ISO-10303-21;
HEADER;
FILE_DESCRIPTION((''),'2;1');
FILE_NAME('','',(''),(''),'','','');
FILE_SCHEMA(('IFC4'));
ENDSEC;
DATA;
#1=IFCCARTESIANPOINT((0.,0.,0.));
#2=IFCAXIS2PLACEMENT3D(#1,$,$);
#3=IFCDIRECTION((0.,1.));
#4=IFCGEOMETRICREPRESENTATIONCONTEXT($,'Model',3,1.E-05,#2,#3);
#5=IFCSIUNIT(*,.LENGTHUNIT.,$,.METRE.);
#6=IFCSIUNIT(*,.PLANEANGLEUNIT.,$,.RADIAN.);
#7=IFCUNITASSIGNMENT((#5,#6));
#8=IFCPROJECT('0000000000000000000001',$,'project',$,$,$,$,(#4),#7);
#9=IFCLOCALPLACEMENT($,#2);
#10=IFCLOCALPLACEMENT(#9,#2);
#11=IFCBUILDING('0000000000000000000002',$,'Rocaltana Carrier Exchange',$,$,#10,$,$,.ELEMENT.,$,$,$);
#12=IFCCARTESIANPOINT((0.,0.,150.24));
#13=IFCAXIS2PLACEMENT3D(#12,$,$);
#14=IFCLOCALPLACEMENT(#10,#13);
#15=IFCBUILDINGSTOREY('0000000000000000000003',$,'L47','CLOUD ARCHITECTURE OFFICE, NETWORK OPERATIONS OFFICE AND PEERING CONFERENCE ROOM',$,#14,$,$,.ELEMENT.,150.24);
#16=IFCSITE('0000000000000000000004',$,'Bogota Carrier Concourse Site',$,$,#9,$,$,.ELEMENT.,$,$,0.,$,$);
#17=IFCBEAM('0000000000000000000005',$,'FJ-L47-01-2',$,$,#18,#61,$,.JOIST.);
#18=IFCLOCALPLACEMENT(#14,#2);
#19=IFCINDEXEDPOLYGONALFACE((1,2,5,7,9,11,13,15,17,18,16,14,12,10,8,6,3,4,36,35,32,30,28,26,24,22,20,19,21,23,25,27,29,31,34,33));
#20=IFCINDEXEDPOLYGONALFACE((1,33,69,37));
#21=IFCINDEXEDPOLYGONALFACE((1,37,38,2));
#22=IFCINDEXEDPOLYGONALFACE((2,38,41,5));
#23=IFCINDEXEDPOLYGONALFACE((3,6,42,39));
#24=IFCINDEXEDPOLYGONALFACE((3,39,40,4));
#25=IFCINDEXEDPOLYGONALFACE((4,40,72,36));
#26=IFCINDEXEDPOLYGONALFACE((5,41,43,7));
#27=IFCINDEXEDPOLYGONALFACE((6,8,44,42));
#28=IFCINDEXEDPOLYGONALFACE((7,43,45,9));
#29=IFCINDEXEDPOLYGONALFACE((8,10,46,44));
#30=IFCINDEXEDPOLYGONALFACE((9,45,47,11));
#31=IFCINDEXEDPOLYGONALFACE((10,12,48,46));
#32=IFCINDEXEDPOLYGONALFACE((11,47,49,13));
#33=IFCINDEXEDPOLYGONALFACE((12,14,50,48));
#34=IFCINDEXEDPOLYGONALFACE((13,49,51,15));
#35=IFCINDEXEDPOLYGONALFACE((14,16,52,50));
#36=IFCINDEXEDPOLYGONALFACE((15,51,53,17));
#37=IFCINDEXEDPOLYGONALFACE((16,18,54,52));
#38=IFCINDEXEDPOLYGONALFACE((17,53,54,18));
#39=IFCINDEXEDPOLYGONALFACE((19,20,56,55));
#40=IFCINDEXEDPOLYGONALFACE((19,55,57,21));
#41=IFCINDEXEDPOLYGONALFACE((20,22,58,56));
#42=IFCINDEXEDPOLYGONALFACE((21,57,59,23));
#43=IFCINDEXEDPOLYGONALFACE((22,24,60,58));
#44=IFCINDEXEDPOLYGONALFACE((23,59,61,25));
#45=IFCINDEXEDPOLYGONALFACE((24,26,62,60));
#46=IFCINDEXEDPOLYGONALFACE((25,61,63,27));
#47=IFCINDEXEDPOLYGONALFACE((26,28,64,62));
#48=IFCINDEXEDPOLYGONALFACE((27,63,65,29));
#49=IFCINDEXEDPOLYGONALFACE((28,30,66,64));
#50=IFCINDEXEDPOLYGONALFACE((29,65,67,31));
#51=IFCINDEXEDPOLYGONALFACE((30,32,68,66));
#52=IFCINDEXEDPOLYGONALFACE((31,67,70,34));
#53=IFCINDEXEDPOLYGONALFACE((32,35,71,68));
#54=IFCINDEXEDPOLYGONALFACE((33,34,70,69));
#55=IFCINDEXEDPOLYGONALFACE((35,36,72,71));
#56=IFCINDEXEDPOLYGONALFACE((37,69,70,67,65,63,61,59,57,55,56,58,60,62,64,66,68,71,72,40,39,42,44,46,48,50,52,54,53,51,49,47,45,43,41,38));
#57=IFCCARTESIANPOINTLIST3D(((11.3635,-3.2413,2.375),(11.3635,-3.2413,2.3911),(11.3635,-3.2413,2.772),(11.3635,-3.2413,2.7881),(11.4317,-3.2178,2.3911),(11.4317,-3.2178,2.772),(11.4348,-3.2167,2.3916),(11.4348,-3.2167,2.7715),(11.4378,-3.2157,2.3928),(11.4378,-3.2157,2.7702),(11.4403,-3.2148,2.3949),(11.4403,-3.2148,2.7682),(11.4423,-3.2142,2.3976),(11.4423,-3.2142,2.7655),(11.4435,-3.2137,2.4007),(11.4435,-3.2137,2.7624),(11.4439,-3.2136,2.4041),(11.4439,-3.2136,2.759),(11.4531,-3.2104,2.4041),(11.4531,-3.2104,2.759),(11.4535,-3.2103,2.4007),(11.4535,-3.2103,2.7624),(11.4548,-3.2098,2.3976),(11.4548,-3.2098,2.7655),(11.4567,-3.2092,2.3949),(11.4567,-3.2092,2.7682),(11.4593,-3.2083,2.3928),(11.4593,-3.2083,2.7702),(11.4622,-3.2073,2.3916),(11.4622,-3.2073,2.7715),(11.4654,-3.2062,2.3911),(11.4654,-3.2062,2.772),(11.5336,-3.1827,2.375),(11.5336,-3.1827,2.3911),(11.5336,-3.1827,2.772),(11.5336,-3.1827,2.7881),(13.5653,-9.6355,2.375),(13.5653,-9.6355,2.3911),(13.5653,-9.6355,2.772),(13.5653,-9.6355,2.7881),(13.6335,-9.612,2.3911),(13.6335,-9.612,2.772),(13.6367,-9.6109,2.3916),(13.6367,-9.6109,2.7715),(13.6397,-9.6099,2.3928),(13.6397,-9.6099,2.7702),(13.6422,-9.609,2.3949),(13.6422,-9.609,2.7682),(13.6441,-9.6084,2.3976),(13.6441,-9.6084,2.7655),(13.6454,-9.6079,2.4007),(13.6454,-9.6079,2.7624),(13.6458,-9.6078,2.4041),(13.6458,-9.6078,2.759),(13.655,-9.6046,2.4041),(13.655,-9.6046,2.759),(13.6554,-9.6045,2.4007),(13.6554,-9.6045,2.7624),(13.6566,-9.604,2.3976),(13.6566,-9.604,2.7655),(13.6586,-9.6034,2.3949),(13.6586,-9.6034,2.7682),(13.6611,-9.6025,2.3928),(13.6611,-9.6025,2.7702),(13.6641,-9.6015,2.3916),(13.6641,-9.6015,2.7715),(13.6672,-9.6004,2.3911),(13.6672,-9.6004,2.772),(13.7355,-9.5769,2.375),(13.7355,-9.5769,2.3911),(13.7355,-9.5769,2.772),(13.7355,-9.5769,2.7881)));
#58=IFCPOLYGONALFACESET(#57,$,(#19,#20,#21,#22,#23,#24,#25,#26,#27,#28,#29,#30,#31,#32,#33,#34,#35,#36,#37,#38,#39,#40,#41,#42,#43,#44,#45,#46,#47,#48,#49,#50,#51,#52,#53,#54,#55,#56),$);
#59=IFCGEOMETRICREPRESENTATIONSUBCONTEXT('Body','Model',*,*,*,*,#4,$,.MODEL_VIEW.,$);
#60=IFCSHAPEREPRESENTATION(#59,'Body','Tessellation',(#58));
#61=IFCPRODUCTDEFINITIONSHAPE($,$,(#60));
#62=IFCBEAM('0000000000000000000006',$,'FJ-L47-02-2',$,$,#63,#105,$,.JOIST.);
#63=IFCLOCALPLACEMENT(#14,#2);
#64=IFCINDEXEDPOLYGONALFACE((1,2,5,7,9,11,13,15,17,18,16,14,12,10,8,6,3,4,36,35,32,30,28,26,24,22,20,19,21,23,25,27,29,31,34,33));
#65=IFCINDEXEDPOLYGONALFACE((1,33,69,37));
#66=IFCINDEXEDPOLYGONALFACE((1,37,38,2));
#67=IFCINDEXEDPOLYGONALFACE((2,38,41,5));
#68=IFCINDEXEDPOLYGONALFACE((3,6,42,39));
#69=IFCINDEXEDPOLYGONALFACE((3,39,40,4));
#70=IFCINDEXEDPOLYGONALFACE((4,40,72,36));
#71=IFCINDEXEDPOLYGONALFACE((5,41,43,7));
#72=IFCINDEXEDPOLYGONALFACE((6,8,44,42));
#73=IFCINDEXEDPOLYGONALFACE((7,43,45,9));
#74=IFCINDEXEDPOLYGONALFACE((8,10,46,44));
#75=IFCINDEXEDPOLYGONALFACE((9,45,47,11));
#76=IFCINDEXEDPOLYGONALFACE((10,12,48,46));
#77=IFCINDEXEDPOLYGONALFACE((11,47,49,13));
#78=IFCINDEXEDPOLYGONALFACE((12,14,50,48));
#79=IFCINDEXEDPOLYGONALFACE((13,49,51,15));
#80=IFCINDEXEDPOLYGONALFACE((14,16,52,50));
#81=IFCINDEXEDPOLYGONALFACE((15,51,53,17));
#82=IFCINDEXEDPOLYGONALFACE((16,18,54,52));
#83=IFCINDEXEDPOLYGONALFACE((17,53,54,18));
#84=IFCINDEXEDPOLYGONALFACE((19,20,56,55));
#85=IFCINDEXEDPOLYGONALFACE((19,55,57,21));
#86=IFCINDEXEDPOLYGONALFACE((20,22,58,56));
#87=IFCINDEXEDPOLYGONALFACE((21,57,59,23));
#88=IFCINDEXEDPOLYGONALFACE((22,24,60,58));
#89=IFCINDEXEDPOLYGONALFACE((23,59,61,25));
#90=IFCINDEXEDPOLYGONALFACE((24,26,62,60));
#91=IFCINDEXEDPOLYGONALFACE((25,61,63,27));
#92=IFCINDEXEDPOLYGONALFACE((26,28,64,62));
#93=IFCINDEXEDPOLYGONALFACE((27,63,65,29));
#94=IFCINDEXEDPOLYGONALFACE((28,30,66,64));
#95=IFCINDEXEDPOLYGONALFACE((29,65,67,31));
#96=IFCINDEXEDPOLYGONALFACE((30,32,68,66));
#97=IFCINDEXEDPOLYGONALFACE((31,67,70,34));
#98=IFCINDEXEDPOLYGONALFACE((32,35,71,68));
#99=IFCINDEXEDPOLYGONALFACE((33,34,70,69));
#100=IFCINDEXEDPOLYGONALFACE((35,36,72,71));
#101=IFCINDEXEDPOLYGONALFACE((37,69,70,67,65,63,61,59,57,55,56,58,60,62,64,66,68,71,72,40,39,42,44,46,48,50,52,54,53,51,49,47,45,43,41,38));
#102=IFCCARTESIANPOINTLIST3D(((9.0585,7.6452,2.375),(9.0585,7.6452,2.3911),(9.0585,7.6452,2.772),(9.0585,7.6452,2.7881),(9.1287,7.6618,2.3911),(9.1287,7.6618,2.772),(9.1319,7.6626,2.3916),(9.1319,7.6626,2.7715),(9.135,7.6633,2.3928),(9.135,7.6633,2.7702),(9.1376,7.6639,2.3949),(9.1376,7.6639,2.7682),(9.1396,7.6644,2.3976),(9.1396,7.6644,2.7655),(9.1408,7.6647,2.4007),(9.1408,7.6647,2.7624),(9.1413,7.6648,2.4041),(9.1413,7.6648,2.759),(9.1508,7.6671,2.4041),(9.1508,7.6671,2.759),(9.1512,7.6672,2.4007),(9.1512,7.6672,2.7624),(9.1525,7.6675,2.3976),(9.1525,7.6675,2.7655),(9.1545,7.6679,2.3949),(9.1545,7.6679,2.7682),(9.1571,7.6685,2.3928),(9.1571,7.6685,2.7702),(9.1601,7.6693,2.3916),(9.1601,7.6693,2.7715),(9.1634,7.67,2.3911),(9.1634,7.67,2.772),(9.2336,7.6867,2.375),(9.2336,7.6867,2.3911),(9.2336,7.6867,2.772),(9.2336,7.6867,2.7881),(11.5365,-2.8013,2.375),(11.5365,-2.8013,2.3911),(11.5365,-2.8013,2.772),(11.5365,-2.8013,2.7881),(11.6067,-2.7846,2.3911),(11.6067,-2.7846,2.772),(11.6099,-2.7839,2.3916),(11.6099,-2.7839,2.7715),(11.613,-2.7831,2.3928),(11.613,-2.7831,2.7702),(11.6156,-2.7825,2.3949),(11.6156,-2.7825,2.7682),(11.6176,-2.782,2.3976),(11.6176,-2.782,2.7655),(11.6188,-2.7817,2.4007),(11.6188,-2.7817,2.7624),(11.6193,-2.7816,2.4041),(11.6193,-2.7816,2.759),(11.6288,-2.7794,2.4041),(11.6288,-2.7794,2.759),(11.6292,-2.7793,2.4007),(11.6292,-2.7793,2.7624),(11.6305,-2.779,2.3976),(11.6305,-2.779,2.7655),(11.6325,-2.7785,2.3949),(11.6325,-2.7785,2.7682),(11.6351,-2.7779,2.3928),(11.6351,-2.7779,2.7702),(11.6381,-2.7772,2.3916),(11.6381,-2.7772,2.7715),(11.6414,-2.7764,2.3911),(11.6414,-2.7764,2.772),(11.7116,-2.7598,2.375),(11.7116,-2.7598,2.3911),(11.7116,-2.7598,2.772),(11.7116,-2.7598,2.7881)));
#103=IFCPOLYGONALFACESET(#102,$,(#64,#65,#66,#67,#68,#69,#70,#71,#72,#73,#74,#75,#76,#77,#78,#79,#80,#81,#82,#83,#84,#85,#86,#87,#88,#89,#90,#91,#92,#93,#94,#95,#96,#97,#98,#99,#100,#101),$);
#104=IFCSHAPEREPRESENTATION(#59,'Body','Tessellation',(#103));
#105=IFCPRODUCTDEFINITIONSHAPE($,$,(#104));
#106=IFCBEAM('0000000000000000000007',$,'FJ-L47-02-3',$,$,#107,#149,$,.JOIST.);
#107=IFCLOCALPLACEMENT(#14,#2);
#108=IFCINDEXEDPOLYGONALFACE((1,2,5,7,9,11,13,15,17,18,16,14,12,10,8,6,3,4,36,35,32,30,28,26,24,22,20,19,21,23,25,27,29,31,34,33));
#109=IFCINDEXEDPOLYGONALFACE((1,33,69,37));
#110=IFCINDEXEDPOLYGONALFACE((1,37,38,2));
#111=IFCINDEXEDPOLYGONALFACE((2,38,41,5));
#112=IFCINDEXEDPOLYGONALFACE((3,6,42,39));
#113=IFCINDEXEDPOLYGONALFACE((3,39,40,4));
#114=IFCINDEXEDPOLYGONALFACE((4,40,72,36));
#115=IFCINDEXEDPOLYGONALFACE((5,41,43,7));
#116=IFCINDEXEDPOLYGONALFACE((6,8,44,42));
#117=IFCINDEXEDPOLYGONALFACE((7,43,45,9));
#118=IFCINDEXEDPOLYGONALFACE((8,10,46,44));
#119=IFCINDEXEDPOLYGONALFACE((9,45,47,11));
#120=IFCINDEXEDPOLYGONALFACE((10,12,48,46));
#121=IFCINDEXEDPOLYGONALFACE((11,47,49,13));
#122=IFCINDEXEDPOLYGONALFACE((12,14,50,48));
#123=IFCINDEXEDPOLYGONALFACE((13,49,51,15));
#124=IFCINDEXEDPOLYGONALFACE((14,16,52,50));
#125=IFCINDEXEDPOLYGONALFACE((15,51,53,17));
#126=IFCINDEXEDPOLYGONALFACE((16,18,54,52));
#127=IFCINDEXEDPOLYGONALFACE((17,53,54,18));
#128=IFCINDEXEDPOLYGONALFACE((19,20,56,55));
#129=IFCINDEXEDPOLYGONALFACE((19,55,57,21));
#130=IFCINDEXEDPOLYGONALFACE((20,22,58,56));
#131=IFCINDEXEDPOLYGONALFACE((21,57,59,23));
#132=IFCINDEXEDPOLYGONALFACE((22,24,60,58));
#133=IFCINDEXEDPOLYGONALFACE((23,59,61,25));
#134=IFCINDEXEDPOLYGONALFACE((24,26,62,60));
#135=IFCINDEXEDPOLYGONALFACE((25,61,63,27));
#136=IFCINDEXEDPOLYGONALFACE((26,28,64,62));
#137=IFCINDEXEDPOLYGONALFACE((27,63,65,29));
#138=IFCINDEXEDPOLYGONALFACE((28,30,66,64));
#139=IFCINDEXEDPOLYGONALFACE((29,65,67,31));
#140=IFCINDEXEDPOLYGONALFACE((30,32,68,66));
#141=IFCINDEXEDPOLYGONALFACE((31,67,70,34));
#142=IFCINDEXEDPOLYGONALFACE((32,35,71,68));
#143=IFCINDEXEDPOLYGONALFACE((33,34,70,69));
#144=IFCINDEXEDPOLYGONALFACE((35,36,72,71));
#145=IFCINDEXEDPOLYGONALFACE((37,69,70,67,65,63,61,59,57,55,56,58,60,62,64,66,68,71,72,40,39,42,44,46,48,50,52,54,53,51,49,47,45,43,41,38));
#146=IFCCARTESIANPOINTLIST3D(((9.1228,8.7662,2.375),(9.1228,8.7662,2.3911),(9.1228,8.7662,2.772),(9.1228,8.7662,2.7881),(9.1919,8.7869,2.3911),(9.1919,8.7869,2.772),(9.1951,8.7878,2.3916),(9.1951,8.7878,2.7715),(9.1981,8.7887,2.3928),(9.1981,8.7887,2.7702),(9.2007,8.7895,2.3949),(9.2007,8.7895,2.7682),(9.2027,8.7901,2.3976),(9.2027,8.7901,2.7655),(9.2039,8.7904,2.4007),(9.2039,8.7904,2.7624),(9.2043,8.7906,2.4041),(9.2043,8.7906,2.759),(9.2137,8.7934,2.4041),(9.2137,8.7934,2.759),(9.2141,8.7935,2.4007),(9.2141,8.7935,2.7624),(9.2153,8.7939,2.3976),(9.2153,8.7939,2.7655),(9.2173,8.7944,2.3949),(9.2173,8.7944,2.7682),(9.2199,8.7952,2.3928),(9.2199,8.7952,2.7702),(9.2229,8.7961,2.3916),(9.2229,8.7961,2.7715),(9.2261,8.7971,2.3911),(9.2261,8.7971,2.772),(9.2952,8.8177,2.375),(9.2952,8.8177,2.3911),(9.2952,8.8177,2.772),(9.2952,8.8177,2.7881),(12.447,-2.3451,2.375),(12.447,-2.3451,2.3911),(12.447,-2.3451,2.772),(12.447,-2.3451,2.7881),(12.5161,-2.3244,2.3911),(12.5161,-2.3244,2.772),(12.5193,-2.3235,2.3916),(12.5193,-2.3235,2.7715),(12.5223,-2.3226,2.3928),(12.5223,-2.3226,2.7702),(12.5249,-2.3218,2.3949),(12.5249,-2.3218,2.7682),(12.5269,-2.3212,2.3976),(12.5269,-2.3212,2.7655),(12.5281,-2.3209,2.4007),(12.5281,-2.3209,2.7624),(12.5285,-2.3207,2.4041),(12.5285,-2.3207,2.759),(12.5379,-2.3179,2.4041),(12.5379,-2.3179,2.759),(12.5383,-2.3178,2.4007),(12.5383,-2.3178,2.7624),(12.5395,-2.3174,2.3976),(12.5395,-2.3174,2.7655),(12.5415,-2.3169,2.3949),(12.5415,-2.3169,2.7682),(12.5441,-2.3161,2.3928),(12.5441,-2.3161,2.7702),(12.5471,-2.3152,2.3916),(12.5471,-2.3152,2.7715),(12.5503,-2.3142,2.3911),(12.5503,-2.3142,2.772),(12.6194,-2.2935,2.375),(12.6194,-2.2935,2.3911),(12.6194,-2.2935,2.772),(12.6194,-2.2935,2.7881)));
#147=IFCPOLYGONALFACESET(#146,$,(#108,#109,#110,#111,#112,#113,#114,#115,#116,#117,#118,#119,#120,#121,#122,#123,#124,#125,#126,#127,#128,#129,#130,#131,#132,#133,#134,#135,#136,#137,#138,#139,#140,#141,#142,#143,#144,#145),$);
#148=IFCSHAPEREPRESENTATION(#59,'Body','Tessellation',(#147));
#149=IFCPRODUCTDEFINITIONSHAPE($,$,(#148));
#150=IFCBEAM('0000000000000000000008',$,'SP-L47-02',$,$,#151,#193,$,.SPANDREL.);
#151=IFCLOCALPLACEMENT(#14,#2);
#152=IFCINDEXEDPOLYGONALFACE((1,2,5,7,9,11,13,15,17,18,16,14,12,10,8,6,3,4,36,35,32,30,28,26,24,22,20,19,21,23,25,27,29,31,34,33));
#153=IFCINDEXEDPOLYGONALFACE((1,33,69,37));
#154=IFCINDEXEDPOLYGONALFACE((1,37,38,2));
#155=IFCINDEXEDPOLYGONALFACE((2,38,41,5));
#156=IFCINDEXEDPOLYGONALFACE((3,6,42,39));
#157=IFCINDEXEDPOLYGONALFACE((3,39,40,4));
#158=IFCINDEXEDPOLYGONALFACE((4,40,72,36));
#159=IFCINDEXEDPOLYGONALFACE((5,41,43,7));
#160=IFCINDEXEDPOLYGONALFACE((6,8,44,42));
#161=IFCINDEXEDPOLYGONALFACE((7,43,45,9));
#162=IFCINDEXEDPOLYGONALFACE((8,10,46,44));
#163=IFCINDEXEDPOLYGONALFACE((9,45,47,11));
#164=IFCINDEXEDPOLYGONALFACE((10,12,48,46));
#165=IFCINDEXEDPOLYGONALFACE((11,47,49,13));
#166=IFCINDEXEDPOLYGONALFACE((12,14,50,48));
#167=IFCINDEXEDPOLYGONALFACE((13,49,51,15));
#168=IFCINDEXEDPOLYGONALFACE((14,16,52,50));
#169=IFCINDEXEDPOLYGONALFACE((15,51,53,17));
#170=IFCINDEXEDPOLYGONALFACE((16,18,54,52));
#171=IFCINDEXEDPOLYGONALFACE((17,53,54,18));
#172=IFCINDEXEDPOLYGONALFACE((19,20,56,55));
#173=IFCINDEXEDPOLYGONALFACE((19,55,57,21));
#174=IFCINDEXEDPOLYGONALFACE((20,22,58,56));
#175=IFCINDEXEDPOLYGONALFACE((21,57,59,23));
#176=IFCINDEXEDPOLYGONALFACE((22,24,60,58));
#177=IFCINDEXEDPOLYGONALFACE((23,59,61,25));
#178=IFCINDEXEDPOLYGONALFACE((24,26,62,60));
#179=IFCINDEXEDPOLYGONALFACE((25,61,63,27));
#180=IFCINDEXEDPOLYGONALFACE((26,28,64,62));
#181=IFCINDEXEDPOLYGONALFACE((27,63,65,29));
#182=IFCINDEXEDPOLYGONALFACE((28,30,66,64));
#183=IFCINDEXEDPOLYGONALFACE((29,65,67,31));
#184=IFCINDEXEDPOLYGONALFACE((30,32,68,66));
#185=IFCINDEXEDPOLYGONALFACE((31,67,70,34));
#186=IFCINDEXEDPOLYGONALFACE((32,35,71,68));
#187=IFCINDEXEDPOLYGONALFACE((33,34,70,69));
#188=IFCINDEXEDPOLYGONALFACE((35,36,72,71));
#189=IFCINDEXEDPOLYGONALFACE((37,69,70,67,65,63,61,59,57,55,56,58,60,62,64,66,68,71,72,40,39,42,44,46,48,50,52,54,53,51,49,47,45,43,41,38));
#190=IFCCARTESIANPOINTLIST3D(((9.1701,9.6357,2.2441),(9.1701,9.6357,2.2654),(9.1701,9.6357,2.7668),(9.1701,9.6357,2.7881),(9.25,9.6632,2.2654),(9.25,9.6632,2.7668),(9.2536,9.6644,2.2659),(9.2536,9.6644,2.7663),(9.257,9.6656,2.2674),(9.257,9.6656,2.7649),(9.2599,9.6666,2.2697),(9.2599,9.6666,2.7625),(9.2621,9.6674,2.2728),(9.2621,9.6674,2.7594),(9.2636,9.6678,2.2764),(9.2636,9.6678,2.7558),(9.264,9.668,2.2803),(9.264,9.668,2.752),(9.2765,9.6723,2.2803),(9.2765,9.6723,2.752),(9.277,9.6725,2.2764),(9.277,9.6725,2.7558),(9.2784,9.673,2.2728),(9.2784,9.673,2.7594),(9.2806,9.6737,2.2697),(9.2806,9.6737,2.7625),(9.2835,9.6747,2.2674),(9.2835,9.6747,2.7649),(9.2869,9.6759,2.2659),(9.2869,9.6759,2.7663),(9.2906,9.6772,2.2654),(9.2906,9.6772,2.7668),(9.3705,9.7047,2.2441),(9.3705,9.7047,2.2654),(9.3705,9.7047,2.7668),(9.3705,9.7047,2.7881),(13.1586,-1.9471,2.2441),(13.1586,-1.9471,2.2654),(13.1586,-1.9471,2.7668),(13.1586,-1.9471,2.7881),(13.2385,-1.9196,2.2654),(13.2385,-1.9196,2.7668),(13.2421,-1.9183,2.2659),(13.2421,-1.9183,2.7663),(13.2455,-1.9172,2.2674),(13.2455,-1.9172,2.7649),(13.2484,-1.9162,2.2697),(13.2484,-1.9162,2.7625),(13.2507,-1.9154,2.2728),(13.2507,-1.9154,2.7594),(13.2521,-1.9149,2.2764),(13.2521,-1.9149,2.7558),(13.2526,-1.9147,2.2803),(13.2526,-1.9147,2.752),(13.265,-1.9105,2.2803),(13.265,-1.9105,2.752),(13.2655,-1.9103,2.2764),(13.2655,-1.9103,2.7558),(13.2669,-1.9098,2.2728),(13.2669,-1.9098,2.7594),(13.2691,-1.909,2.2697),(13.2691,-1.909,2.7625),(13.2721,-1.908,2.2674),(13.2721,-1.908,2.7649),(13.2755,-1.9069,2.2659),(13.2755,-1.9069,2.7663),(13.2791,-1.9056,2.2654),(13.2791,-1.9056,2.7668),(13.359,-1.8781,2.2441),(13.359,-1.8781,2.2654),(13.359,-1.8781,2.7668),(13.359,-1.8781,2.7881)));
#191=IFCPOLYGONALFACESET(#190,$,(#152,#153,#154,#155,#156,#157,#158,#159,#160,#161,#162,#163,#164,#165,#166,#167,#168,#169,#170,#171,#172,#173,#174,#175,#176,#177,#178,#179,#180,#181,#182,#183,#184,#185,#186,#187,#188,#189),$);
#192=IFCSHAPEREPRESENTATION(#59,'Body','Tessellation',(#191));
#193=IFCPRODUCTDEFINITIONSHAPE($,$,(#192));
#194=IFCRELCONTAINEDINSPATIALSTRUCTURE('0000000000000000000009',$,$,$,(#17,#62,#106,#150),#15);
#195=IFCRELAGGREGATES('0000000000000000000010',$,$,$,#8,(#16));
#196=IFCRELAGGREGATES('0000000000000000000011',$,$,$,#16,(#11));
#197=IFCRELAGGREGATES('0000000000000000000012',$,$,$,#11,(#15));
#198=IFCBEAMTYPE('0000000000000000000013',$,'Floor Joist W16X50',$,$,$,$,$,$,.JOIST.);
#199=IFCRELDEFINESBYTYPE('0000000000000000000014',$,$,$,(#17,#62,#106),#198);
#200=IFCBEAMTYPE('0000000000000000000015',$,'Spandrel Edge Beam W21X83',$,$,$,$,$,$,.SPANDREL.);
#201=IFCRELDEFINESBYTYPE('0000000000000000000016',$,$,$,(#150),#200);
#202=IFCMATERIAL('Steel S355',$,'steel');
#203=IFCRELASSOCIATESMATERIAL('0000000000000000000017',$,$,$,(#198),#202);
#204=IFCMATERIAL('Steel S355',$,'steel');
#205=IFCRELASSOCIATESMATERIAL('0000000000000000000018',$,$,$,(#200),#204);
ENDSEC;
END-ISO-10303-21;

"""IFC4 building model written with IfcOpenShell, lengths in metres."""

from ifc_helpers import new_model, si_unit, direction, frame, origin, origin_2d, place, context, subcontext, project, spatial, i_section, extrude, material, material_profile, profile_set, type_object, element, save


model = new_model("IFC4")

# Units and contexts
model_context = context("Model", 3, precision=1e-05, world=origin(), true_north=direction((0.0, 1.0)))
body_context = subcontext(model_context, "Body", "Model", "MODEL_VIEW")
ifc_project = project(units=[si_unit("LENGTHUNIT", "METRE"), si_unit("PLANEANGLEUNIT", "RADIAN")], contexts=[model_context])

# Site, building, storey
site_placement = place(None, origin())
site = spatial("IfcSite", under=ifc_project, at=site_placement, Name="Bogota Carrier Concourse Site", CompositionType="ELEMENT", RefElevation=0.0)
building_placement = place(site_placement, origin())
building = spatial("IfcBuilding", under=site, at=building_placement, Name="Rocaltana Carrier Exchange", CompositionType="ELEMENT")
storey_placement = place(building_placement, frame((0.0, 0.0, 150.24)))
storey = spatial("IfcBuildingStorey", under=building, at=storey_placement, Name="L47", Description="CLOUD ARCHITECTURE OFFICE, NETWORK OPERATIONS OFFICE AND PEERING CONFERENCE ROOM", CompositionType="ELEMENT", Elevation=150.24)

# Beams
ifc_material_1 = material(Name="Steel S355", Category="steel")
ifc_material_profile_1 = material_profile(ifc_material_1, i_section(OverallWidth=0.1799, OverallDepth=0.4131, WebThickness=0.0098, FlangeThickness=0.0161, FilletRadius=0.0129, at=origin_2d()), Name="W16X50")
ifc_profile_set_1 = profile_set([ifc_material_profile_1], Name="Steel S355")
beam_type_1 = type_object("IfcBeamType", Name="Floor Joist W16X50", PredefinedType="JOIST", material=ifc_profile_set_1)
beam_1_placement = place(storey_placement, frame((13.6504, -9.6062, 2.5815), z_axis=(-0.325591, 0.945511, 0.0), x_axis=(-0.945511, -0.325591, 0.0)))
element("IfcBeam", 1, at=beam_1_placement, inside=storey, type_object=beam_type_1, Name="FJ-L47-01-2", PredefinedType="JOIST", context=body_context, shape_type="SweptSolid", body=[
    extrude(i_section(OverallWidth=0.1799, OverallDepth=0.4131, WebThickness=0.0098, FlangeThickness=0.0161, FilletRadius=0.0129, at=origin_2d()), origin(), (0.0, 0.0, 1.0), 6.7627),
])
beam_2_placement = place(storey_placement, frame((11.624, -2.7805, 2.5815), z_axis=(-0.230806, 0.973, 0.0), x_axis=(-0.973, -0.230806, 0.0)))
element("IfcBeam", 2, at=beam_2_placement, inside=storey, type_object=beam_type_1, Name="FJ-L47-02-2", PredefinedType="JOIST", context=body_context, shape_type="SweptSolid", body=[
    extrude(i_section(OverallWidth=0.1799, OverallDepth=0.4131, WebThickness=0.0098, FlangeThickness=0.0161, FilletRadius=0.0129, at=origin_2d()), origin(), (0.0, 0.0, 1.0), 10.7363),
])
beam_3_placement = place(storey_placement, frame((12.5332, -2.3193, 2.5815), z_axis=(-0.286622, 0.958044, 0.0), x_axis=(-0.958044, -0.286622, 0.0)))
element("IfcBeam", 3, at=beam_3_placement, inside=storey, type_object=beam_type_1, Name="FJ-L47-02-3", PredefinedType="JOIST", context=body_context, shape_type="SweptSolid", body=[
    extrude(i_section(OverallWidth=0.1799, OverallDepth=0.4131, WebThickness=0.0098, FlangeThickness=0.0161, FilletRadius=0.0129, at=origin_2d()), origin(), (0.0, 0.0, 1.0), 11.5979),
])
ifc_material_2 = material(Name="Steel S355", Category="steel")
ifc_material_profile_2 = material_profile(ifc_material_2, i_section(OverallWidth=0.2119, OverallDepth=0.5439, WebThickness=0.0132, FlangeThickness=0.0212, FilletRadius=0.0149, at=origin_2d()), Name="W21X83")
ifc_profile_set_2 = profile_set([ifc_material_profile_2], Name="Steel S355")
beam_type_2 = type_object("IfcBeamType", Name="Spandrel Edge Beam W21X83", PredefinedType="SPANDREL", material=ifc_profile_set_2)
beam_4_placement = place(storey_placement, frame((13.2588, -1.9126, 2.5161), z_axis=(-0.325587, 0.945512, 0.0), x_axis=(-0.945512, -0.325587, 0.0)))
element("IfcBeam", 4, at=beam_4_placement, inside=storey, type_object=beam_type_2, Name="SP-L47-02", PredefinedType="SPANDREL", context=body_context, shape_type="SweptSolid", body=[
    extrude(i_section(OverallWidth=0.2119, OverallDepth=0.5439, WebThickness=0.0132, FlangeThickness=0.0212, FilletRadius=0.0149, at=origin_2d()), origin(), (0.0, 0.0, 1.0), 12.2502),
])

save(model, "model.ifc")
